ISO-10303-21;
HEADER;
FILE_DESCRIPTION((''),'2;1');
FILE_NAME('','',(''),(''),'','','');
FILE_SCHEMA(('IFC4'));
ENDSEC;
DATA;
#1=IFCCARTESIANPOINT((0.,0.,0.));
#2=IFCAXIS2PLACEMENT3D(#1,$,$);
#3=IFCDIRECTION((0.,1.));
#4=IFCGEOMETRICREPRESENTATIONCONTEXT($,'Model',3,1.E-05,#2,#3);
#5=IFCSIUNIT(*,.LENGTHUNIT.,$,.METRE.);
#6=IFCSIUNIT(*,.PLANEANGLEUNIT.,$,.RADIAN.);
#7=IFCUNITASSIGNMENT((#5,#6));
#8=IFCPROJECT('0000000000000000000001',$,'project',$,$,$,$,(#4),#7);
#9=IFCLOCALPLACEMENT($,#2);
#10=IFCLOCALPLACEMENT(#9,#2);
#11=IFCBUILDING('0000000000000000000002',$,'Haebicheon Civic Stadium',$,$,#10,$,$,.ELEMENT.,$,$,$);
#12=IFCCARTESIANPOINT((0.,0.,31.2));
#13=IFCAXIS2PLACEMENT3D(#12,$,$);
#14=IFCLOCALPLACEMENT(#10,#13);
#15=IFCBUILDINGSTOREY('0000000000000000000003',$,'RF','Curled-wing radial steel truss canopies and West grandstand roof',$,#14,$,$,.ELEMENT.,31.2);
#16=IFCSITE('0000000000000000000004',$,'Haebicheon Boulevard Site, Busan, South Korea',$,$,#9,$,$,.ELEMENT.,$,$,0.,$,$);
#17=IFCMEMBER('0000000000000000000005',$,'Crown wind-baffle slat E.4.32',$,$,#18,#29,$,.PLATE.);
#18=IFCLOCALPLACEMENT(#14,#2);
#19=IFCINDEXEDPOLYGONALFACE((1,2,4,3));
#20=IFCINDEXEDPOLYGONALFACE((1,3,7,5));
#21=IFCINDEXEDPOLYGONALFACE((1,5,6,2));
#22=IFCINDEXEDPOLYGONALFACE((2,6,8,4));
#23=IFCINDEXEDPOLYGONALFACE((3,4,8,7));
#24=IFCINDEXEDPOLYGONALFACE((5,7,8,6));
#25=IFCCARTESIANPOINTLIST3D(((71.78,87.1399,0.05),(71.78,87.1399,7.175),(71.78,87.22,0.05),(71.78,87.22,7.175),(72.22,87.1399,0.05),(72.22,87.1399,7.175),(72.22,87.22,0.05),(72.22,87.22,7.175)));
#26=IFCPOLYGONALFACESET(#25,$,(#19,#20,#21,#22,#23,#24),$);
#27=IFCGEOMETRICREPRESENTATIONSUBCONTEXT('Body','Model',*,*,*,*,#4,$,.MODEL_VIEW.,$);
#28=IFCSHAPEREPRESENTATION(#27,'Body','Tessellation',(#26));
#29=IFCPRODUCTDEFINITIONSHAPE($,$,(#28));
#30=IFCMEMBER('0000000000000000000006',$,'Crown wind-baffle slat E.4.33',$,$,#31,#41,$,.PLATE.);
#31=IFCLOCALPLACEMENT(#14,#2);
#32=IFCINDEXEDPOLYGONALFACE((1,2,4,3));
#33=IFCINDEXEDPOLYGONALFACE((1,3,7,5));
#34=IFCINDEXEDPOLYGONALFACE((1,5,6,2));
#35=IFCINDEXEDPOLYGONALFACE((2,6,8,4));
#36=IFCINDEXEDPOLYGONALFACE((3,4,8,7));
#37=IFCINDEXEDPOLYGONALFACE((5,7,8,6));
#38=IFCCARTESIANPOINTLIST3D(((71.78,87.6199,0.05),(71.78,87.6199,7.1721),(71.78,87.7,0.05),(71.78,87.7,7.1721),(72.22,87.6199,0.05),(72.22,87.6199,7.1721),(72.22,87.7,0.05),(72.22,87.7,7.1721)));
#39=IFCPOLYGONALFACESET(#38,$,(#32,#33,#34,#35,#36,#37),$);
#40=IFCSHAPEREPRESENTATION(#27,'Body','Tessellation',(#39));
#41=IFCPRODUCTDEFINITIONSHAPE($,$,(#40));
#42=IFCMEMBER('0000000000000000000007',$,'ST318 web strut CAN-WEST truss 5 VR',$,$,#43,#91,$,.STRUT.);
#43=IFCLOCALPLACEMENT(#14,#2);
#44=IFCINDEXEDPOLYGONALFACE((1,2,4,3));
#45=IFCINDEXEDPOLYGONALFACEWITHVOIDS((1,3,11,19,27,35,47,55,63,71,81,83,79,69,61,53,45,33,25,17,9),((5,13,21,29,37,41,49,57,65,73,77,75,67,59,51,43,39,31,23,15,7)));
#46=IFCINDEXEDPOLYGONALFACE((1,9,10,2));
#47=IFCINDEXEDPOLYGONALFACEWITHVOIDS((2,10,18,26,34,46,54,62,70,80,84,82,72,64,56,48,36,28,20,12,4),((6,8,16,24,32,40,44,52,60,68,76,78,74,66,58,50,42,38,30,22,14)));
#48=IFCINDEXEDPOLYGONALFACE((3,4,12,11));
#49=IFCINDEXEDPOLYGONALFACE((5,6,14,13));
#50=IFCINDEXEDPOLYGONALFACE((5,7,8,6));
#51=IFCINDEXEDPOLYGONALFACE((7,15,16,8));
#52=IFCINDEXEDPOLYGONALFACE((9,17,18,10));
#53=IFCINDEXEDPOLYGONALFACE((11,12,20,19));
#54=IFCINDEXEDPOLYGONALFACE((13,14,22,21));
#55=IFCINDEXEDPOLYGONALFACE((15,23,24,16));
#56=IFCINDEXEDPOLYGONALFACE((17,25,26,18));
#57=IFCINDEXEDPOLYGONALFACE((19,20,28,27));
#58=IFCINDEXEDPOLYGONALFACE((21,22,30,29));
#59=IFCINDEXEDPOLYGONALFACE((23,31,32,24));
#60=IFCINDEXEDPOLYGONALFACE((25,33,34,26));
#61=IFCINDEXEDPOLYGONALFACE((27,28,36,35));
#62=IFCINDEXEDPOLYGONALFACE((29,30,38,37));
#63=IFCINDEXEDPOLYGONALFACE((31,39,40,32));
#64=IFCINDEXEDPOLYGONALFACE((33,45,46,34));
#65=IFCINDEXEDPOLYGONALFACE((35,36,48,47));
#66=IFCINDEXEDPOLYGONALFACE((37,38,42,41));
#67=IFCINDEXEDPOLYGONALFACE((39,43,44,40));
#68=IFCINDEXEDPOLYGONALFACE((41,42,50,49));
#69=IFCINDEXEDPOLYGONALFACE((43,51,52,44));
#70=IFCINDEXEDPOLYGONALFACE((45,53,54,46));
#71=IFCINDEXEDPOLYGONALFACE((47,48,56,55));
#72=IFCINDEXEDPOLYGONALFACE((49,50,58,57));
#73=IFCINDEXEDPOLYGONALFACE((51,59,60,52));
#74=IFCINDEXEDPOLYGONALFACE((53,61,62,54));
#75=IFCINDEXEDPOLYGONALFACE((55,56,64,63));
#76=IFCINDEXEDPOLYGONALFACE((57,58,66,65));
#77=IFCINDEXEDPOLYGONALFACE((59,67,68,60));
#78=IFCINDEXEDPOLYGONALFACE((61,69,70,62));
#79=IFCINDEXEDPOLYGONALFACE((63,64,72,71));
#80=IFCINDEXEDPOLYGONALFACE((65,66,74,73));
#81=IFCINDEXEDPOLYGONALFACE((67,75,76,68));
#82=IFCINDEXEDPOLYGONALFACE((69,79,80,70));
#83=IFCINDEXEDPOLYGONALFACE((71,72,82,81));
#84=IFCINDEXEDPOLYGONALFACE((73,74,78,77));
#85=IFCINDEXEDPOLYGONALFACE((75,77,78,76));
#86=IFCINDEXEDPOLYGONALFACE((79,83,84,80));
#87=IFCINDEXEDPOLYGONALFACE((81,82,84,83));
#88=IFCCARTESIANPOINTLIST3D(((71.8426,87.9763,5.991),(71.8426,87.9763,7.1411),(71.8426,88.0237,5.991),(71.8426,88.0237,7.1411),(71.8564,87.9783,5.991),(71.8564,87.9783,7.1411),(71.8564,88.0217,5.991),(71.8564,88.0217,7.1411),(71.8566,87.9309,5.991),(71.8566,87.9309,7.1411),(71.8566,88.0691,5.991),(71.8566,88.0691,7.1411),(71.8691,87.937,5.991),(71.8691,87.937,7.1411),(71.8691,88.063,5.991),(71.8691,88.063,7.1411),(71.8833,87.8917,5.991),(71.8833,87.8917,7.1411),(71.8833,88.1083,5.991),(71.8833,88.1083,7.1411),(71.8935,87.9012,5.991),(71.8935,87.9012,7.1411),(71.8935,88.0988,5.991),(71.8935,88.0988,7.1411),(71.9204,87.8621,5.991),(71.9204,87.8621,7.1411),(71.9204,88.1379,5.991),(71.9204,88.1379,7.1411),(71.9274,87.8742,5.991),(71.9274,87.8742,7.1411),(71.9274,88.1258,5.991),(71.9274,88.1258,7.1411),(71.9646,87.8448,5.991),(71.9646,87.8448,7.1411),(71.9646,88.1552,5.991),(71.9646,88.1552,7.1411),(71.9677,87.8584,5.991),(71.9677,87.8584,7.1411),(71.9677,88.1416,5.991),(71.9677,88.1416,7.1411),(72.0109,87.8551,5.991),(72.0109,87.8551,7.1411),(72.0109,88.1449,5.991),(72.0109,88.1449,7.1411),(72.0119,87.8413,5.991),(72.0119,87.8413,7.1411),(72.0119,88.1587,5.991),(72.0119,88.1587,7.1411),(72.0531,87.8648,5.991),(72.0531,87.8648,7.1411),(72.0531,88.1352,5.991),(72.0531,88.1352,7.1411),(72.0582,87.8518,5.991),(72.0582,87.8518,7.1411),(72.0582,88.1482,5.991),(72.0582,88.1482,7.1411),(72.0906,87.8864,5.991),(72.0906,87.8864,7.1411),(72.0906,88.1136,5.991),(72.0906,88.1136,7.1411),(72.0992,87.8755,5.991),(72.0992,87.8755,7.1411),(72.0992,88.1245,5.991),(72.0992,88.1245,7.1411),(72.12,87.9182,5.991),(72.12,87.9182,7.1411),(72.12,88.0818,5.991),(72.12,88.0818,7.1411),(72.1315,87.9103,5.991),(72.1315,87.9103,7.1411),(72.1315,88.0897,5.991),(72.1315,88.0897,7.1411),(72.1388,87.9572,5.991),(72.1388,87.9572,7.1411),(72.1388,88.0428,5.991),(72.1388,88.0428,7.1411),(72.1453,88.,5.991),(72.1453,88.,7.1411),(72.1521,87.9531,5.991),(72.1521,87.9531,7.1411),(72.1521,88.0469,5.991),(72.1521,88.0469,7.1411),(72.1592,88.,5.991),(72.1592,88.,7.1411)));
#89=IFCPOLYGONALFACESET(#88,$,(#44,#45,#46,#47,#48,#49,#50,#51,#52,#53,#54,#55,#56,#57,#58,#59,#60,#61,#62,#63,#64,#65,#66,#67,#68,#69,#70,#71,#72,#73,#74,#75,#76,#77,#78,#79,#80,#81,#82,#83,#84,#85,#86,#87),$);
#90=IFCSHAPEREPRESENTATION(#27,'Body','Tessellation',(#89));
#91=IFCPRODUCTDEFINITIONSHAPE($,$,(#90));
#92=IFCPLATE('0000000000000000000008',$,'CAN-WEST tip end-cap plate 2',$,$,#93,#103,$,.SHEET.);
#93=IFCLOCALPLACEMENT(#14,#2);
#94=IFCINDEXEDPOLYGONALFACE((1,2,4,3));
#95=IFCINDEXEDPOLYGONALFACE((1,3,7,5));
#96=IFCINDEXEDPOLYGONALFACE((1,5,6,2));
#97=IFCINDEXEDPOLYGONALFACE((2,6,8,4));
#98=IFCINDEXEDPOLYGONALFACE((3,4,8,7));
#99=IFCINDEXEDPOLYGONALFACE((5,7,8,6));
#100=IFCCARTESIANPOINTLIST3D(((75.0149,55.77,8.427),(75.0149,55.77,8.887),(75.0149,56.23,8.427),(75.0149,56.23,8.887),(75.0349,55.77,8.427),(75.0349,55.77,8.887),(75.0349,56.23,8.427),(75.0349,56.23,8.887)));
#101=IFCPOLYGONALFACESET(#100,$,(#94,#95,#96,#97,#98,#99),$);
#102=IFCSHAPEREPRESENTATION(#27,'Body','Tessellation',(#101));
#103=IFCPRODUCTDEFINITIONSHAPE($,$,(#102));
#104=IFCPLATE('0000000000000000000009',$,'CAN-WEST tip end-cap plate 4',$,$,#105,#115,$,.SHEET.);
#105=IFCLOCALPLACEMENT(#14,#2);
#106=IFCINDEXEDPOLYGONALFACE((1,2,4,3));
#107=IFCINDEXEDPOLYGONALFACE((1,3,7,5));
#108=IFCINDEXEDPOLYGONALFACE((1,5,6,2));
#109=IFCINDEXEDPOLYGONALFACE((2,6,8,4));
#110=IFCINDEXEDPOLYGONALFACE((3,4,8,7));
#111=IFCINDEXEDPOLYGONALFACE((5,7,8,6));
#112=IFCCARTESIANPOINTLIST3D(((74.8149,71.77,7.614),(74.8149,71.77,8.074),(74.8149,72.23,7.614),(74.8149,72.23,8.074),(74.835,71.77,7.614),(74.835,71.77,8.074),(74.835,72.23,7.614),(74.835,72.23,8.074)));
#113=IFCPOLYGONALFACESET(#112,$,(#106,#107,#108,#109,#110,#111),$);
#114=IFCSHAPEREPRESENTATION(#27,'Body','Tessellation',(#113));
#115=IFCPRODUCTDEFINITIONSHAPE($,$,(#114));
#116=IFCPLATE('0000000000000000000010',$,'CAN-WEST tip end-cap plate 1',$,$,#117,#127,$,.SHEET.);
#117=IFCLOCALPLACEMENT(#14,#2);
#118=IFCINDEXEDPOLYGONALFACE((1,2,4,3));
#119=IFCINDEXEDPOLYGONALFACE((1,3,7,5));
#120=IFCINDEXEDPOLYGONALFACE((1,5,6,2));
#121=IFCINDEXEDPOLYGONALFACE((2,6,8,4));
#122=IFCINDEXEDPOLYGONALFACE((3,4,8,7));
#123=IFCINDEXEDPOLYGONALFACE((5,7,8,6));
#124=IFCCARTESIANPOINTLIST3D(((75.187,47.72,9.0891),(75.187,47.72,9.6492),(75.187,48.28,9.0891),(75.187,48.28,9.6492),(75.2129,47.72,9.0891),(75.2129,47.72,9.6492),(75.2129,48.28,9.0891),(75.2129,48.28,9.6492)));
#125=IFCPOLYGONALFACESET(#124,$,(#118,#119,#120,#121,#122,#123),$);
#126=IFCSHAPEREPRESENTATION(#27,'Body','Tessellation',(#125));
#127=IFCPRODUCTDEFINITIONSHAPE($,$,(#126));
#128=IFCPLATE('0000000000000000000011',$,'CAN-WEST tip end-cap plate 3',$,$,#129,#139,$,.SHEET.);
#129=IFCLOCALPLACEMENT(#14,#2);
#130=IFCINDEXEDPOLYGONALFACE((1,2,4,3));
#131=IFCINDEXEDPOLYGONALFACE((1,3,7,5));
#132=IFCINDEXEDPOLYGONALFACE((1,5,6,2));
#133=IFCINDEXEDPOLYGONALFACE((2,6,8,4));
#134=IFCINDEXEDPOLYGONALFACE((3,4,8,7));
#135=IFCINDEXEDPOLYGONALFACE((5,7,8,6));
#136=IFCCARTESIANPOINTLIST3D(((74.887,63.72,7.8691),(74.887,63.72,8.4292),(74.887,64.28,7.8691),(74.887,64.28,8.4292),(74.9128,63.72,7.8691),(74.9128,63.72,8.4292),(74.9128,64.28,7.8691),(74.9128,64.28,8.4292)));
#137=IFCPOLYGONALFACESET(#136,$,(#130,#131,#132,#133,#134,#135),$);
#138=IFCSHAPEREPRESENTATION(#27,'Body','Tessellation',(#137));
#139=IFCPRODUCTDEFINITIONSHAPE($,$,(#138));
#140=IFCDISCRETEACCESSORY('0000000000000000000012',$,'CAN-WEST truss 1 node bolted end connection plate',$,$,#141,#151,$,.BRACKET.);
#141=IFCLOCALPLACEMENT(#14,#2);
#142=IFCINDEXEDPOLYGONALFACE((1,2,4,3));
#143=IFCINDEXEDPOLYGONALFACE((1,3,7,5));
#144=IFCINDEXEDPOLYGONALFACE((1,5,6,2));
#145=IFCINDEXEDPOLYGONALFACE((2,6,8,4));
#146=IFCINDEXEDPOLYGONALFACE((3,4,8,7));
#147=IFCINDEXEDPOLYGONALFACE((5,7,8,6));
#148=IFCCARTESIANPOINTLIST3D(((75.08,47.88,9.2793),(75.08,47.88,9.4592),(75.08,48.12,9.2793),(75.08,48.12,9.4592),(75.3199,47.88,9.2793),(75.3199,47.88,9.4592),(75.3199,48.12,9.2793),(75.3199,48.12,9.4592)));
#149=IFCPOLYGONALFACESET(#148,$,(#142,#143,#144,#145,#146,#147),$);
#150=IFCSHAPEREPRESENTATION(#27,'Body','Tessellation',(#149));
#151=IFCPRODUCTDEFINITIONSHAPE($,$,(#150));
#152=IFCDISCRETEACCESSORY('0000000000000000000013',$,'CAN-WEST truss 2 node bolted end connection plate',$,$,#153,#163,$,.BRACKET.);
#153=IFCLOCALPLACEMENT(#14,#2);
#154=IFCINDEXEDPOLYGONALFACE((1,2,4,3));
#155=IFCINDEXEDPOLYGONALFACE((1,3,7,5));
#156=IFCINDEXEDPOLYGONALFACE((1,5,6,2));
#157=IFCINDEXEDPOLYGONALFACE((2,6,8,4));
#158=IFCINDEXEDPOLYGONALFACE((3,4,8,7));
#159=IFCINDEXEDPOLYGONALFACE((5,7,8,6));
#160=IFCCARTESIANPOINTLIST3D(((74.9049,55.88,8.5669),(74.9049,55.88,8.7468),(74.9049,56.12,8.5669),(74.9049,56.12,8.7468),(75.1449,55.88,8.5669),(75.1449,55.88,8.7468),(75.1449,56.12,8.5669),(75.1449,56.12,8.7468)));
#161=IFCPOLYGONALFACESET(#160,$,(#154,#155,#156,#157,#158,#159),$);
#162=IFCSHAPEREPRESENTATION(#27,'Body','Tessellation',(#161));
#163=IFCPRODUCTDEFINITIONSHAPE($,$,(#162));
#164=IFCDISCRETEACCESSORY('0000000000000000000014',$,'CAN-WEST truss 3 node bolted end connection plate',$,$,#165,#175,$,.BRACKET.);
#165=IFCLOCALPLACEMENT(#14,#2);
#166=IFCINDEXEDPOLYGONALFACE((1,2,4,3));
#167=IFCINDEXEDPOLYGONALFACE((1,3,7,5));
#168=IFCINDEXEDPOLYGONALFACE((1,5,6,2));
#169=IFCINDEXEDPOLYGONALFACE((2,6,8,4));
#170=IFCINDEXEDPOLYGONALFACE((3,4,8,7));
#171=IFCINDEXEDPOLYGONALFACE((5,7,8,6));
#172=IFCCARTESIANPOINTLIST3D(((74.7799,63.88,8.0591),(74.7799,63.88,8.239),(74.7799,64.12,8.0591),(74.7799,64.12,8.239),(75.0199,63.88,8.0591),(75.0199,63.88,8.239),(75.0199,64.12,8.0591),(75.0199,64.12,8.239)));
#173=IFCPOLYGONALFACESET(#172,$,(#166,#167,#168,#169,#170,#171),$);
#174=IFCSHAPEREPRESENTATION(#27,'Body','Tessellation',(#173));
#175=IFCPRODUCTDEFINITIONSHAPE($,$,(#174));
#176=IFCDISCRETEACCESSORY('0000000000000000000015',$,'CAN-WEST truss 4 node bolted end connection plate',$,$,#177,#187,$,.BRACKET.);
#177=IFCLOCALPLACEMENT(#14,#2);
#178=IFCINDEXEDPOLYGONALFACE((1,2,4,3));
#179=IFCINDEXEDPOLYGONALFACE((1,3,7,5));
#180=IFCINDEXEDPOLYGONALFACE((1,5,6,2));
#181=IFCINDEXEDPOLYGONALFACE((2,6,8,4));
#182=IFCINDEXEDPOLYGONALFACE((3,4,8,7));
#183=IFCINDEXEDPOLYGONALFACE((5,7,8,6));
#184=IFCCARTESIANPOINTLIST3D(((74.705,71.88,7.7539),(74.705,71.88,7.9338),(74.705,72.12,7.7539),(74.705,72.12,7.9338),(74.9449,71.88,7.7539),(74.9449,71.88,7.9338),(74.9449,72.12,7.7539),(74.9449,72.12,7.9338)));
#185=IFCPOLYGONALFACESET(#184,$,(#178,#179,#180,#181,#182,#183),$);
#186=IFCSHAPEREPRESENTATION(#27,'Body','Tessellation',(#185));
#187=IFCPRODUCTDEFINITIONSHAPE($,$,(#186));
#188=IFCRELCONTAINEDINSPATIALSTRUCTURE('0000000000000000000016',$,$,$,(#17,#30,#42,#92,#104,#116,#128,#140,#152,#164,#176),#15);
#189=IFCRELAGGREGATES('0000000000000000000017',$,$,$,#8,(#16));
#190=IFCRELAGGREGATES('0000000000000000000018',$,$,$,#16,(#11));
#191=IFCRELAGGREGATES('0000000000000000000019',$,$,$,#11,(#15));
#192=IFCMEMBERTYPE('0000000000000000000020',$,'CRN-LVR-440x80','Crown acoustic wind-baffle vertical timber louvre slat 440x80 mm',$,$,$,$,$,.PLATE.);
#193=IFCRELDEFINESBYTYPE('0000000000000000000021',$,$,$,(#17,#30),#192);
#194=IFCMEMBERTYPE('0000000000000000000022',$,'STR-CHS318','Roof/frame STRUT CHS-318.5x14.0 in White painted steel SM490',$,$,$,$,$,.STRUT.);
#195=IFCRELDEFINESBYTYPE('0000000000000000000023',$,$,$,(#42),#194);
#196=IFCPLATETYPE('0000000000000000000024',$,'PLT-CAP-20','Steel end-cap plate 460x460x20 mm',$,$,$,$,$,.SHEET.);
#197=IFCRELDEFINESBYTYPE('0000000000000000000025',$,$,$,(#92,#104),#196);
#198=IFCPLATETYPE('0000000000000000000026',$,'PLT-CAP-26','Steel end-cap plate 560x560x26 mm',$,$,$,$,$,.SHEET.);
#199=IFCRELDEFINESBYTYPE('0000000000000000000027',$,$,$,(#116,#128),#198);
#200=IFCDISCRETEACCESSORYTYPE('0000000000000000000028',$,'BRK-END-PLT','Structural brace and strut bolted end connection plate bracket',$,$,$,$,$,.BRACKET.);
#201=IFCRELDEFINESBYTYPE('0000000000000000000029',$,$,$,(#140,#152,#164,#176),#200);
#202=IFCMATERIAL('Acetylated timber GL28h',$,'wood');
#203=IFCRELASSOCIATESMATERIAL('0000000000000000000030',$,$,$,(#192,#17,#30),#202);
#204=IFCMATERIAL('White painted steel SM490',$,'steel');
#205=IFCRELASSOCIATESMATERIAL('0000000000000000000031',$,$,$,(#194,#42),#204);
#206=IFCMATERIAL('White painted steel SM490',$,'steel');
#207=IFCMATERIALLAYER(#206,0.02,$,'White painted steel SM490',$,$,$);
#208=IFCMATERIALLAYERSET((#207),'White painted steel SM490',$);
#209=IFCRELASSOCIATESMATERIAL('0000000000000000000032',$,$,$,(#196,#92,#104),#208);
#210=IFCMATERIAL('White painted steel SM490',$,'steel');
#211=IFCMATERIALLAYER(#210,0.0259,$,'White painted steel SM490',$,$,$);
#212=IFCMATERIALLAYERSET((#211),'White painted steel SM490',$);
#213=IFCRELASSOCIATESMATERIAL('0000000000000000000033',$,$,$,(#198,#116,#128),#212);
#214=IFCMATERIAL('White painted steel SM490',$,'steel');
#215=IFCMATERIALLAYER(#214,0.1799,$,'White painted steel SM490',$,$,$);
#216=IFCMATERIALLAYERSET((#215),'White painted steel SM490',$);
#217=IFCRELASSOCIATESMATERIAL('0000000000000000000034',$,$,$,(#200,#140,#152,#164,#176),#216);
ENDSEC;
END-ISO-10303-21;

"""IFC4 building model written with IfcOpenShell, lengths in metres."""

from ifc_helpers import new_model, si_unit, direction, frame, origin, origin_2d, place, context, subcontext, project, spatial, rectangle, hollow_circle, extrude, material, layer, layer_set, material_profile, profile_set, type_object, element, save


model = new_model("IFC4")

# Units and contexts
model_context = context("Model", 3, precision=1e-05, world=origin(), true_north=direction((0.0, 1.0)))
body_context = subcontext(model_context, "Body", "Model", "MODEL_VIEW")
ifc_project = project(units=[si_unit("LENGTHUNIT", "METRE"), si_unit("PLANEANGLEUNIT", "RADIAN")], contexts=[model_context])

# Site, building, storey
site_placement = place(None, origin())
site = spatial("IfcSite", under=ifc_project, at=site_placement, Name="Haebicheon Boulevard Site, Busan, South Korea", CompositionType="ELEMENT", RefElevation=0.0)
building_placement = place(site_placement, origin())
building = spatial("IfcBuilding", under=site, at=building_placement, Name="Haebicheon Civic Stadium", CompositionType="ELEMENT")
storey_placement = place(building_placement, frame((0.0, 0.0, 31.2)))
storey = spatial("IfcBuildingStorey", under=building, at=storey_placement, Name="RF", Description="Curled-wing radial steel truss canopies and West grandstand roof", CompositionType="ELEMENT", Elevation=31.2)

# Members
ifc_material_1 = material(Name="Acetylated timber GL28h", Category="wood")
ifc_material_profile_1 = material_profile(ifc_material_1, rectangle(XDim=0.0801, YDim=0.4399, at=origin_2d()), Name="TMB-LOUV-80x440")
ifc_profile_set_1 = profile_set([ifc_material_profile_1], Name="Acetylated timber GL28h")
member_type_1 = type_object("IfcMemberType", Name="CRN-LVR-440x80", Description="Crown acoustic wind-baffle vertical timber louvre slat 440x80 mm", PredefinedType="PLATE", material=ifc_profile_set_1)
member_1_placement = place(storey_placement, frame((72.0, 87.1799, 0.05), z_axis=(0.0, 0.0, 1.0), x_axis=(0.0, 1.0, 0.0)))
element("IfcMember", 1, at=member_1_placement, inside=storey, type_object=member_type_1, material=ifc_profile_set_1, Name="Crown wind-baffle slat E.4.32", PredefinedType="PLATE", context=body_context, shape_type="SweptSolid", body=[
    extrude(rectangle(XDim=0.0801, YDim=0.4399, at=origin_2d()), origin(), (0.0, 0.0, 1.0), 7.125),
])
member_2_placement = place(storey_placement, frame((72.0, 87.6599, 0.05), z_axis=(0.0, 0.0, 1.0), x_axis=(0.0, 1.0, 0.0)))
element("IfcMember", 2, at=member_2_placement, inside=storey, type_object=member_type_1, material=ifc_profile_set_1, Name="Crown wind-baffle slat E.4.33", PredefinedType="PLATE", context=body_context, shape_type="SweptSolid", body=[
    extrude(rectangle(XDim=0.0801, YDim=0.4399, at=origin_2d()), origin(), (0.0, 0.0, 1.0), 7.1221),
])
ifc_material_2 = material(Name="White painted steel SM490", Category="steel")
ifc_material_profile_2 = material_profile(ifc_material_2, hollow_circle(Radius=0.1592, WallThickness=0.0139, at=origin_2d()), Name="CHS-318.5x14.0")
ifc_profile_set_2 = profile_set([ifc_material_profile_2], Name="White painted steel SM490")
member_type_2 = type_object("IfcMemberType", Name="STR-CHS318", Description="Roof/frame STRUT CHS-318.5x14.0 in White painted steel SM490", PredefinedType="STRUT", material=ifc_profile_set_2)
member_3_placement = place(storey_placement, frame((72.0, 88.0, 5.991), z_axis=(0.0, 0.0, 1.0), x_axis=(1.0, 0.0, 0.0)))
element("IfcMember", 3, at=member_3_placement, inside=storey, type_object=member_type_2, material=ifc_profile_set_2, Name="ST318 web strut CAN-WEST truss 5 VR", PredefinedType="STRUT", context=body_context, shape_type="SweptSolid", body=[
    extrude(hollow_circle(Radius=0.1592, WallThickness=0.0139, at=origin_2d()), origin(), (0.0, 0.0, 1.0), 1.1501),
])

# Plates
ifc_material_3 = material(Name="White painted steel SM490", Category="steel")
ifc_layer_1 = layer(ifc_material_3, 0.02, Name="White painted steel SM490")
ifc_layer_set_1 = layer_set([ifc_layer_1], Name="White painted steel SM490")
plate_type_1 = type_object("IfcPlateType", Name="PLT-CAP-20", Description="Steel end-cap plate 460x460x20 mm", PredefinedType="SHEET", material=ifc_layer_set_1)
for number, where, z_axis, x_axis, name in (
    (4, (75.0249, 56.0, 8.427), (0.0, 0.0, 1.0), (0.0, 1.0, 0.0), "CAN-WEST tip end-cap plate 2"),
    (5, (74.825, 72.0, 7.614), (0.0, 0.0, 1.0), (0.0, 1.0, 0.0), "CAN-WEST tip end-cap plate 4"),
):
    element("IfcPlate", number, at=place(storey_placement, frame(where, z_axis=z_axis, x_axis=x_axis)), inside=storey, type_object=plate_type_1, material=ifc_layer_set_1, Name=name, PredefinedType="SHEET", context=body_context, shape_type="SweptSolid", body=[
        extrude(rectangle(XDim=0.46, YDim=0.02, at=origin_2d()), origin(), (0.0, 0.0, 1.0), 0.46),
    ])
ifc_material_4 = material(Name="White painted steel SM490", Category="steel")
ifc_layer_2 = layer(ifc_material_4, 0.0259, Name="White painted steel SM490")
ifc_layer_set_2 = layer_set([ifc_layer_2], Name="White painted steel SM490")
plate_type_2 = type_object("IfcPlateType", Name="PLT-CAP-26", Description="Steel end-cap plate 560x560x26 mm", PredefinedType="SHEET", material=ifc_layer_set_2)
for number, where, z_axis, x_axis, name in (
    (6, (75.2, 48.0, 9.0891), (0.0, 0.0, 1.0), (0.0, 1.0, 0.0), "CAN-WEST tip end-cap plate 1"),
    (7, (74.8999, 64.0, 7.8691), (0.0, 0.0, 1.0), (0.0, 1.0, 0.0), "CAN-WEST tip end-cap plate 3"),
):
    element("IfcPlate", number, at=place(storey_placement, frame(where, z_axis=z_axis, x_axis=x_axis)), inside=storey, type_object=plate_type_2, material=ifc_layer_set_2, Name=name, PredefinedType="SHEET", context=body_context, shape_type="SweptSolid", body=[
        extrude(rectangle(XDim=0.5601, YDim=0.0259, at=origin_2d()), origin(), (0.0, 0.0, 1.0), 0.5601),
    ])

# Discrete accessories
ifc_material_5 = material(Name="White painted steel SM490", Category="steel")
ifc_layer_3 = layer(ifc_material_5, 0.1799, Name="White painted steel SM490")
ifc_layer_set_3 = layer_set([ifc_layer_3], Name="White painted steel SM490")
discrete_accessory_type = type_object("IfcDiscreteAccessoryType", Name="BRK-END-PLT", Description="Structural brace and strut bolted end connection plate bracket", PredefinedType="BRACKET", material=ifc_layer_set_3)
for number, where, z_axis, x_axis, name in (
    (8, (75.2, 48.0, 9.2793), (0.0, 0.0, 1.0), (1.0, 0.0, 0.0), "CAN-WEST truss 1 node bolted end connection plate"),
    (9, (75.0249, 56.0, 8.5669), (0.0, 0.0, 1.0), (1.0, 0.0, 0.0), "CAN-WEST truss 2 node bolted end connection plate"),
    (10, (74.8999, 64.0, 8.0591), (0.0, 0.0, 1.0), (1.0, 0.0, 0.0), "CAN-WEST truss 3 node bolted end connection plate"),
    (11, (74.825, 72.0, 7.7539), (0.0, 0.0, 1.0), (1.0, 0.0, 0.0), "CAN-WEST truss 4 node bolted end connection plate"),
):
    element("IfcDiscreteAccessory", number, at=place(storey_placement, frame(where, z_axis=z_axis, x_axis=x_axis)), inside=storey, type_object=discrete_accessory_type, material=ifc_layer_set_3, Name=name, PredefinedType="BRACKET", context=body_context, shape_type="SweptSolid", body=[
        extrude(rectangle(XDim=0.24, YDim=0.24, at=origin_2d()), origin(), (0.0, 0.0, 1.0), 0.1799),
    ])

save(model, "model.ifc")
